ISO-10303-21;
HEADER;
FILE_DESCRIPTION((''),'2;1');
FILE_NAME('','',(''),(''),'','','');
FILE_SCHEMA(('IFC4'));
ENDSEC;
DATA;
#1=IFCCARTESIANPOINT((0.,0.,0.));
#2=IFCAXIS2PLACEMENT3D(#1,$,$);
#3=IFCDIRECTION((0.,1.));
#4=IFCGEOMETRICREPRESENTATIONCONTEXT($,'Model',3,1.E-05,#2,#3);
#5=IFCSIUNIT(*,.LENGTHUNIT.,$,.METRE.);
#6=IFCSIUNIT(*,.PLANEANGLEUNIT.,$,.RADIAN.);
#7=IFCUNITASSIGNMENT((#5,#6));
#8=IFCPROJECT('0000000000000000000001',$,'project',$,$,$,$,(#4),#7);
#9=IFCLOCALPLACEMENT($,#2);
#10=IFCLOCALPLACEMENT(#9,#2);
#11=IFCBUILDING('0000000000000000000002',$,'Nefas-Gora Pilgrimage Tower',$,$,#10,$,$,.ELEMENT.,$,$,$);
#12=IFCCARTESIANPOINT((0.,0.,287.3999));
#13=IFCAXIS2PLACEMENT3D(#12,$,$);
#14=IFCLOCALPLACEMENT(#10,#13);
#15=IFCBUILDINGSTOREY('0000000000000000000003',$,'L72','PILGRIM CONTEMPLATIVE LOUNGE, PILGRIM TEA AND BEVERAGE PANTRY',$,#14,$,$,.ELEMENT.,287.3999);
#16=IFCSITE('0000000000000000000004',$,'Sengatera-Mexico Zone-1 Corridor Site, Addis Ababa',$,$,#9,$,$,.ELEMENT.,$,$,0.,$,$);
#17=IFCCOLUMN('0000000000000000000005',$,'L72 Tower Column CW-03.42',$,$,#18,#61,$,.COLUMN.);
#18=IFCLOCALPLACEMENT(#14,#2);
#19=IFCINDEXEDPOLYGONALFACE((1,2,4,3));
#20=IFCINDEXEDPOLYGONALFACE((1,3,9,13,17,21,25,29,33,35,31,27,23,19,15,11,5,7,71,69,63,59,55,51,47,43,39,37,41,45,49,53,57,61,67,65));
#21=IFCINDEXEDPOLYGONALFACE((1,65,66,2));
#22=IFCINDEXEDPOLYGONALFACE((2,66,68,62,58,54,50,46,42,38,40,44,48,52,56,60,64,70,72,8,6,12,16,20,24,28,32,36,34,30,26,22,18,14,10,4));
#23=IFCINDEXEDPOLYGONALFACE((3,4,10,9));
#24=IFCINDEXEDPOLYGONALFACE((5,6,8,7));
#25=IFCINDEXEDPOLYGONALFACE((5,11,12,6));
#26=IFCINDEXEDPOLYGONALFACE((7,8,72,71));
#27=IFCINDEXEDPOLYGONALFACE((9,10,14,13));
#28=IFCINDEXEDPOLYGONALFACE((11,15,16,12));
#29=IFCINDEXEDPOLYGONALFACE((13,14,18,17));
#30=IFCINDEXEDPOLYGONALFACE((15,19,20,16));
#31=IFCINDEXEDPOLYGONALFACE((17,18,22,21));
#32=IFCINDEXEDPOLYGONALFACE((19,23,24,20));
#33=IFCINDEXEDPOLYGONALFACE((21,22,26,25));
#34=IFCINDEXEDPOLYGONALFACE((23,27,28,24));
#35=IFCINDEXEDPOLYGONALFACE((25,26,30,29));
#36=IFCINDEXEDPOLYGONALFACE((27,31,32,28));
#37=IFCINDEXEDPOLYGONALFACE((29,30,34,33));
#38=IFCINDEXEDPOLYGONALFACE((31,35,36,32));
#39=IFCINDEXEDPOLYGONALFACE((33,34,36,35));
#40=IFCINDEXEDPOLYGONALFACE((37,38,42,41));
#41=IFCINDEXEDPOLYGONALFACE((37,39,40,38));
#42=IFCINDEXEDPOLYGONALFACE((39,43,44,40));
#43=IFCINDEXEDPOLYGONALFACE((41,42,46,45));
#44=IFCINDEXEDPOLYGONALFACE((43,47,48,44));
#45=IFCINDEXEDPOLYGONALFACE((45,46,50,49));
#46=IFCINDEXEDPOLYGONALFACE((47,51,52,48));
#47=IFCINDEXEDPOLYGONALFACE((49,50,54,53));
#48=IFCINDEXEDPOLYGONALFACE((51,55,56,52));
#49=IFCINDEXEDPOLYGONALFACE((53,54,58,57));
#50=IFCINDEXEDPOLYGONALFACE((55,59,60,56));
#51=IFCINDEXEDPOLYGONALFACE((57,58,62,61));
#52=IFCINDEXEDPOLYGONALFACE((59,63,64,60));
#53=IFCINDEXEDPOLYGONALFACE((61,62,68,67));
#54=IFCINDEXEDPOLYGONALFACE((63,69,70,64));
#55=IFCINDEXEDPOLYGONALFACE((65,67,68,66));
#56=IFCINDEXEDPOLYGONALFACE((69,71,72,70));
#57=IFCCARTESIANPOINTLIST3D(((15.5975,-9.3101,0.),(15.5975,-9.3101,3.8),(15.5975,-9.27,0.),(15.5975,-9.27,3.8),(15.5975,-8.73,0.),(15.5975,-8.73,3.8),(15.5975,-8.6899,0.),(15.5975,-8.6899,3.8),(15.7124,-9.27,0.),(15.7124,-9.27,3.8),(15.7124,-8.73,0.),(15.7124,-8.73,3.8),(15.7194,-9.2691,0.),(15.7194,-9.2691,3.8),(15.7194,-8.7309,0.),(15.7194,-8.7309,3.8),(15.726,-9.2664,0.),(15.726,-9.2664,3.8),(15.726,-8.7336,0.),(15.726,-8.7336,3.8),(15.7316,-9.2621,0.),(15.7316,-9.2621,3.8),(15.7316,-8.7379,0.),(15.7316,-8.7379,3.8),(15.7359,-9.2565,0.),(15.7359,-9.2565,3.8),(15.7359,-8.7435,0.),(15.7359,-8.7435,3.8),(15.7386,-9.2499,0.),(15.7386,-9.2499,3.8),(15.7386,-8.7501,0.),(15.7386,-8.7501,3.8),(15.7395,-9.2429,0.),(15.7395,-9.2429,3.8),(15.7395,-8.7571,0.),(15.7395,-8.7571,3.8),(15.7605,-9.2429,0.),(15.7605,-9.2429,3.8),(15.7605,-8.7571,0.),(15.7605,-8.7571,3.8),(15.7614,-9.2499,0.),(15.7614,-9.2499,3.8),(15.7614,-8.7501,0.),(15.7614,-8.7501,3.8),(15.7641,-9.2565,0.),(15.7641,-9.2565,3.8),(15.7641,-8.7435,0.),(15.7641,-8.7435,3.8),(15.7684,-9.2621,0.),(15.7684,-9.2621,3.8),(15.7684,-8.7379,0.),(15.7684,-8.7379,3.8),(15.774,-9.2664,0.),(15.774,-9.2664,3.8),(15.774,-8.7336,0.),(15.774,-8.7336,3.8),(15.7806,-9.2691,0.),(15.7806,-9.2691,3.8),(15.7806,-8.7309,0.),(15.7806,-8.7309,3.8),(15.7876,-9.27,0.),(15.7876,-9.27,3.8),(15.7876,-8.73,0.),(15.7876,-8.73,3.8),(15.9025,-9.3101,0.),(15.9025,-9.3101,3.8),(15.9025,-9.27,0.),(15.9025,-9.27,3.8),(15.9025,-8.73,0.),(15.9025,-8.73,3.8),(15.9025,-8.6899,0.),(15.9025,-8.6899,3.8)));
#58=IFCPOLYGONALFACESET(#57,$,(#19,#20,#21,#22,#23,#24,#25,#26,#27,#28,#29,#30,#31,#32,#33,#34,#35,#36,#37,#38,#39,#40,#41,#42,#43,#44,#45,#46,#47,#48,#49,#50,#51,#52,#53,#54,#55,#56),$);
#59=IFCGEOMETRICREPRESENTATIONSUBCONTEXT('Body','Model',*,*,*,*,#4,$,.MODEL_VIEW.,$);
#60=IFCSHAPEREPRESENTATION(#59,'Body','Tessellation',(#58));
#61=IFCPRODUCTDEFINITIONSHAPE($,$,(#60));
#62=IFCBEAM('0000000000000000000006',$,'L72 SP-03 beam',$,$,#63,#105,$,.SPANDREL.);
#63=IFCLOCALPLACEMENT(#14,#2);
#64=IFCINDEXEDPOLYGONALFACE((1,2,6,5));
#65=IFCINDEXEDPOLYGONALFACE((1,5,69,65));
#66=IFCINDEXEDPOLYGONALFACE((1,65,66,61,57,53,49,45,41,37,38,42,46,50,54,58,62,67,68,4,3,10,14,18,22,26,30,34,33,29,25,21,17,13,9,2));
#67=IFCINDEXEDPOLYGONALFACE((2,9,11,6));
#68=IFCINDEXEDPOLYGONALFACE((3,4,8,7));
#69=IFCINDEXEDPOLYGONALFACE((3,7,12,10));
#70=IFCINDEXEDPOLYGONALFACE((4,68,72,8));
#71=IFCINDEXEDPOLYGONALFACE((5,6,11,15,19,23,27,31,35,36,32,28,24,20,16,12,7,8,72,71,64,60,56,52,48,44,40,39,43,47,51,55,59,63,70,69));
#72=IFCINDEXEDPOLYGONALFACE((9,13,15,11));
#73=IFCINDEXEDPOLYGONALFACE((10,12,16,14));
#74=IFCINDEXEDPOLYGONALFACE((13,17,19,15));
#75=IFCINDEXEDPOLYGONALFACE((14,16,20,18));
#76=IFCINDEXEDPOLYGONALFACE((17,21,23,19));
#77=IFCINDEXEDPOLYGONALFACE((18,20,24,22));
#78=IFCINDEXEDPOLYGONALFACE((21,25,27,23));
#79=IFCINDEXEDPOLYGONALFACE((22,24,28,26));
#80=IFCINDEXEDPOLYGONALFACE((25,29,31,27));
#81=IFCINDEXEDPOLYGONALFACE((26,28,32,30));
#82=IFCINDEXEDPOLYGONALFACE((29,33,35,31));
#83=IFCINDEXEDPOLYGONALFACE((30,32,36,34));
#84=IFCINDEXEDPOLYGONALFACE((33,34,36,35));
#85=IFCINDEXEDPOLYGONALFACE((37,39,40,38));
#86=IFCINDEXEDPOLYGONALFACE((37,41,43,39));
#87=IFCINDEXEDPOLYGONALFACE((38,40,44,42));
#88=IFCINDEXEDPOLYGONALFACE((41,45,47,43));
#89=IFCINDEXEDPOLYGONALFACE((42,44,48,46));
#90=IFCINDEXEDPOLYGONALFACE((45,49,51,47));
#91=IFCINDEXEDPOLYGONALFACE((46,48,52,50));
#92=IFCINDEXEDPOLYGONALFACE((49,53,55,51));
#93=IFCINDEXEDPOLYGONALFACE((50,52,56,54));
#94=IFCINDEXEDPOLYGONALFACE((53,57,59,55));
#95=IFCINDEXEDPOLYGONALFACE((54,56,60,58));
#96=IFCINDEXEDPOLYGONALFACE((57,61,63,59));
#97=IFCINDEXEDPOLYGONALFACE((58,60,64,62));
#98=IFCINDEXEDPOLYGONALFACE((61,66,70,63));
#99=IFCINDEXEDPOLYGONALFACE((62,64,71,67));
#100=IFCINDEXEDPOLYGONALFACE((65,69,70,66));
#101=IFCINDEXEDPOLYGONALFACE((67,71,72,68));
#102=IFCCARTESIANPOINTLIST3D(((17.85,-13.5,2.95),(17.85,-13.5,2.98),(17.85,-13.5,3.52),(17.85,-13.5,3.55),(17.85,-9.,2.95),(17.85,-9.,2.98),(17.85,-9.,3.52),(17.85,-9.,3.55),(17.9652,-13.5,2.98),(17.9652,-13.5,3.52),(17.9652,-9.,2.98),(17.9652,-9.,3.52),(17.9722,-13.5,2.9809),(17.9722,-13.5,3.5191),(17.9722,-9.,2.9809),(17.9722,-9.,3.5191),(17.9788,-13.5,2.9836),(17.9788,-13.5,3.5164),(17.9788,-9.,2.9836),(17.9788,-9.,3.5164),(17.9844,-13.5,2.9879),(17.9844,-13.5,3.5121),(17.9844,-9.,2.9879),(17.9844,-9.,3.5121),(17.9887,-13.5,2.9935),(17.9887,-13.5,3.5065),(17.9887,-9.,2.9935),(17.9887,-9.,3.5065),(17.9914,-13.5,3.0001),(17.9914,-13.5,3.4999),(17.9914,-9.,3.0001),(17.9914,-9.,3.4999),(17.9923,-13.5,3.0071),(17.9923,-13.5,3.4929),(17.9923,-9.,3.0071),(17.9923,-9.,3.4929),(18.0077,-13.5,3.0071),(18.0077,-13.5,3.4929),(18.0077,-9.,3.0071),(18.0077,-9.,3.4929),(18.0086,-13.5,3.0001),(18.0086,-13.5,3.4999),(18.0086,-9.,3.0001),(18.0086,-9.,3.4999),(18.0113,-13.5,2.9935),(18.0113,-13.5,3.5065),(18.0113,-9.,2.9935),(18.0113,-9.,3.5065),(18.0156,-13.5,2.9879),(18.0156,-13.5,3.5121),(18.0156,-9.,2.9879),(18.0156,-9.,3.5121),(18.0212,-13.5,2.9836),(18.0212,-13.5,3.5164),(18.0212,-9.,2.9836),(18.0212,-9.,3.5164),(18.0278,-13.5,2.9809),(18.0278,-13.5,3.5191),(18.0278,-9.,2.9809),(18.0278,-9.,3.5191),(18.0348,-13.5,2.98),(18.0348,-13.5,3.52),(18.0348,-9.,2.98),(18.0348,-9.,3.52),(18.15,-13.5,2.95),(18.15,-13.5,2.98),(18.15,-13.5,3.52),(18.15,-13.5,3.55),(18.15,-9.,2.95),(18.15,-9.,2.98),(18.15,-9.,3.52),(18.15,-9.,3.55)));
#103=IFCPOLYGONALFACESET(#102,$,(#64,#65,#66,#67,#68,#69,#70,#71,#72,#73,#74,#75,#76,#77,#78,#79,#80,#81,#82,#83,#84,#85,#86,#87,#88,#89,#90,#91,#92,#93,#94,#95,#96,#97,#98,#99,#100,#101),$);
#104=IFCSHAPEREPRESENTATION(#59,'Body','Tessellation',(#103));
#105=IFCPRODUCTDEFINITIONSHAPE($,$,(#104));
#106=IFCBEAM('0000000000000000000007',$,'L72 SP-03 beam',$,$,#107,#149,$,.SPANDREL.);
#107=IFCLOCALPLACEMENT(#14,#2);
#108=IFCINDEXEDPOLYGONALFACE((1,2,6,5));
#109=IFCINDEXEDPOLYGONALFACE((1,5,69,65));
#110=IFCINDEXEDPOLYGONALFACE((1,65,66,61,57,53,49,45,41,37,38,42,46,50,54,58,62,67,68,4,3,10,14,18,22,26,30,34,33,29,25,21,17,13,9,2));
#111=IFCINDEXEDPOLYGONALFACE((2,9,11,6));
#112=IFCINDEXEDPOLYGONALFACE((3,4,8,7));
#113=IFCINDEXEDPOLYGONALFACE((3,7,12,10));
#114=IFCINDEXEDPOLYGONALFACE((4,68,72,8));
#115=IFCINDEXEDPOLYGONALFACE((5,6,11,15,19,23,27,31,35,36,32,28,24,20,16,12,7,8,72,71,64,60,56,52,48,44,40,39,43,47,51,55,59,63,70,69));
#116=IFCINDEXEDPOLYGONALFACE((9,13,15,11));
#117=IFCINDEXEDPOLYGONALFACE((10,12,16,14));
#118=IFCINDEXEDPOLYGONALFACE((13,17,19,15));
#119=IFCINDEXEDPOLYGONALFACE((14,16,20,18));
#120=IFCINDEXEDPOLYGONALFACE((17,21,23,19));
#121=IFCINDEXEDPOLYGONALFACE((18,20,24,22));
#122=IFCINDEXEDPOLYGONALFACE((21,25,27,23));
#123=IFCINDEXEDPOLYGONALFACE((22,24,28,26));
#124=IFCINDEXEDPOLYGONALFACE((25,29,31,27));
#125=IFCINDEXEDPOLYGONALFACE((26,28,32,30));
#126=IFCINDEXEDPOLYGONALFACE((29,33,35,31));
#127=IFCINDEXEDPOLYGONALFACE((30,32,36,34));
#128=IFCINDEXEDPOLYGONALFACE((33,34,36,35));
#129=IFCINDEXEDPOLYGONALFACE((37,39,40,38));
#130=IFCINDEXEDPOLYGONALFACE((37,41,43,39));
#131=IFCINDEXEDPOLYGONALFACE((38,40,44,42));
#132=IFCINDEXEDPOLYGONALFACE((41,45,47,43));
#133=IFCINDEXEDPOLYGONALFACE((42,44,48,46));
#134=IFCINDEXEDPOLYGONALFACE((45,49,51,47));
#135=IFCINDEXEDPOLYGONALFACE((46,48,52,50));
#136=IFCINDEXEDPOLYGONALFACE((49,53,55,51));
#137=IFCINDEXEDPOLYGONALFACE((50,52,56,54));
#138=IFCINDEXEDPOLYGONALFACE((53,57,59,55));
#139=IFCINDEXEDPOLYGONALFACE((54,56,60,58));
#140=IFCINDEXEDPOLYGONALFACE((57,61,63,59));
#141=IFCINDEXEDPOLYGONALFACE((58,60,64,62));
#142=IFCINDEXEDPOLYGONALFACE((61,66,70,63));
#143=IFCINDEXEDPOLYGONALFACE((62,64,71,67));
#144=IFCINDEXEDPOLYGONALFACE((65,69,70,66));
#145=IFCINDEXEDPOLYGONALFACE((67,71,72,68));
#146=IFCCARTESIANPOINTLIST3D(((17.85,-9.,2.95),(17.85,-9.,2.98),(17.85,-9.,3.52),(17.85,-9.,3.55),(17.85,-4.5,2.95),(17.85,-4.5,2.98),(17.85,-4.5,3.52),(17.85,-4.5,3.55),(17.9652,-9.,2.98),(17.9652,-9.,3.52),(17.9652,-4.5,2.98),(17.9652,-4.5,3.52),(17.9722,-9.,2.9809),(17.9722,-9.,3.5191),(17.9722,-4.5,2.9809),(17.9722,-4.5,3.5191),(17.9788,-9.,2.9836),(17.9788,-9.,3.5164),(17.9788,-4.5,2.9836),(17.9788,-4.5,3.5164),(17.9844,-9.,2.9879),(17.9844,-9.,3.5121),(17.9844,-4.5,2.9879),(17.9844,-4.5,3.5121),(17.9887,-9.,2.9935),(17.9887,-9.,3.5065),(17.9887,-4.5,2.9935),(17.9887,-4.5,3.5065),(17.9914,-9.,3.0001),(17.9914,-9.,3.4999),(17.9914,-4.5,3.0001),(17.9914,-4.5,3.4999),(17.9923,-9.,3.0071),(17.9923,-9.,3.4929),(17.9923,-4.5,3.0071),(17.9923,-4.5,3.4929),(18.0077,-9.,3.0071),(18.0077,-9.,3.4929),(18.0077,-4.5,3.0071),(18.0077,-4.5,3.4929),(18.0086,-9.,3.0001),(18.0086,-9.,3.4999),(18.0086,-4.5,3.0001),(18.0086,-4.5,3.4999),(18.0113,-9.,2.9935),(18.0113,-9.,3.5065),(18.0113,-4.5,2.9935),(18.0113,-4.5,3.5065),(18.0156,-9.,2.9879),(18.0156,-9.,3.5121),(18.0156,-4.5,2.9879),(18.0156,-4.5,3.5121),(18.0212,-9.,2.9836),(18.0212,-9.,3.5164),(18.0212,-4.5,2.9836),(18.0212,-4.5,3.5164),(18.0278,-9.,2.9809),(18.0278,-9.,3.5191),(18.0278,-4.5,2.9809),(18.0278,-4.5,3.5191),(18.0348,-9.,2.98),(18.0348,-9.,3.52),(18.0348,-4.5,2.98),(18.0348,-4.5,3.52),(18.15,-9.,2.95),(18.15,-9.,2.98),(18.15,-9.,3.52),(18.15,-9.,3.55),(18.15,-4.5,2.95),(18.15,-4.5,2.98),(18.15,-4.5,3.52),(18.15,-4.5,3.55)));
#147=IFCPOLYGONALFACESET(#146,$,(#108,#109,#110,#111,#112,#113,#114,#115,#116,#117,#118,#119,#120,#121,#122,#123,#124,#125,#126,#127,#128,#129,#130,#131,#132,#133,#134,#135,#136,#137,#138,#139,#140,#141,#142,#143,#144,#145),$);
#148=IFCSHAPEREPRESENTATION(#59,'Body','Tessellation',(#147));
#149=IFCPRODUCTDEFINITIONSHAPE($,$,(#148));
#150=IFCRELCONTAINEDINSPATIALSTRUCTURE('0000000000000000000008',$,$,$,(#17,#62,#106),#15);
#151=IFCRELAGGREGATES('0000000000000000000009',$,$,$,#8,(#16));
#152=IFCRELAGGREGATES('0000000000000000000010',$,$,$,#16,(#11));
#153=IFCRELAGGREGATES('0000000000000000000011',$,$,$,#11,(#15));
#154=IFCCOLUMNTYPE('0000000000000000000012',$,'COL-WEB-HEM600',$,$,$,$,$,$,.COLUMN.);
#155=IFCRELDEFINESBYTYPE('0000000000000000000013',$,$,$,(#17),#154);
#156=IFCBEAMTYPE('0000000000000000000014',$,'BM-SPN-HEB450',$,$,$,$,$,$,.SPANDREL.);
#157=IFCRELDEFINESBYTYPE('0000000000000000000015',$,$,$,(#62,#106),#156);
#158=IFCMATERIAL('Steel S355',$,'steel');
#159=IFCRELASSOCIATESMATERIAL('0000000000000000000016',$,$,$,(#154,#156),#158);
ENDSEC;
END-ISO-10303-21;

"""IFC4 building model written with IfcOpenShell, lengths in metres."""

from ifc_helpers import new_model, si_unit, direction, frame, origin, origin_2d, place, context, subcontext, project, spatial, i_section, extrude, source, transform, mapped, material, material_profile, profile_set, type_object, element, save


model = new_model("IFC4")

# Units and contexts
model_context = context("Model", 3, precision=1e-05, world=origin(), true_north=direction((0.0, 1.0)))
body_context = subcontext(model_context, "Body", "Model", "MODEL_VIEW")
ifc_project = project(units=[si_unit("LENGTHUNIT", "METRE"), si_unit("PLANEANGLEUNIT", "RADIAN")], contexts=[model_context])

# Site, building, storey
site_placement = place(None, origin())
site = spatial("IfcSite", under=ifc_project, at=site_placement, Name="Sengatera-Mexico Zone-1 Corridor Site, Addis Ababa", CompositionType="ELEMENT", RefElevation=0.0)
building_placement = place(site_placement, origin())
building = spatial("IfcBuilding", under=site, at=building_placement, Name="Nefas-Gora Pilgrimage Tower", CompositionType="ELEMENT")
storey_placement = place(building_placement, frame((0.0, 0.0, 287.3999)))
storey = spatial("IfcBuildingStorey", under=building, at=storey_placement, Name="L72", Description="PILGRIM CONTEMPLATIVE LOUNGE, PILGRIM TEA AND BEVERAGE PANTRY", CompositionType="ELEMENT", Elevation=287.3999)

# Column
ifc_material_1 = material(Name="Steel S355", Category="steel")
ifc_material_profile_1 = material_profile(ifc_material_1, i_section(OverallWidth=0.3049, OverallDepth=0.6201, WebThickness=0.021, FlangeThickness=0.04, FilletRadius=0.0271, at=origin_2d()), Name="HEM 600")
ifc_profile_set_1 = profile_set([ifc_material_profile_1], Name="Steel S355")
column_type_1 = type_object("IfcColumnType", Name="COL-WEB-HEM600", PredefinedType="COLUMN", material=ifc_profile_set_1)
shared_shape_1 = source(origin(), body_context, "Body", "SweptSolid", [
    extrude(i_section(OverallWidth=0.3049, OverallDepth=0.6201, WebThickness=0.021, FlangeThickness=0.04, FilletRadius=0.0271, at=origin_2d()), origin(), (0.0, 0.0, 1.0), 3.8),
])
for number, where, z_axis, x_axis, name in (
    (1, (15.75, -9.0, 0.0), (0.0, 0.0, 1.0), (1.0, 0.0, 0.0), "L72 Tower Column CW-03.42"),
):
    element("IfcColumn", number, at=place(storey_placement, frame(where, z_axis=z_axis, x_axis=x_axis)), inside=storey, type_object=column_type_1, Name=name, PredefinedType="COLUMN", context=body_context, shape_type="MappedRepresentation", body=[
        mapped(shared_shape_1, transform((0.0, 0.0, 0.0), x_axis=(1.0, 0.0, 0.0), y_axis=(0.0, 1.0, 0.0), z_axis=(0.0, 0.0, 1.0), scale=1.0)),
    ])

# Beams
ifc_material_profile_2 = material_profile(ifc_material_1, i_section(OverallWidth=0.3, OverallDepth=0.6001, WebThickness=0.0154, FlangeThickness=0.03, FilletRadius=0.0271, at=origin_2d()), Name="HEB 600")
ifc_profile_set_2 = profile_set([ifc_material_profile_2], Name="Steel S355")
beam_type_1 = type_object("IfcBeamType", Name="BM-SPN-HEB450", PredefinedType="SPANDREL", material=ifc_profile_set_2)
shared_shape_2 = source(origin(), body_context, "Body", "SweptSolid", [
    extrude(i_section(OverallWidth=0.3, OverallDepth=0.6001, WebThickness=0.0154, FlangeThickness=0.03, FilletRadius=0.0271, at=origin_2d()), origin(), (0.0, 0.0, 1.0), 4.5),
])
for number, where, z_axis, x_axis, name in (
    (2, (18.0, -13.5, 3.25), (0.0, 1.0, 0.0), (-1.0, 0.0, 0.0), "L72 SP-03 beam"),
    (3, (18.0, -9.0, 3.25), (0.0, 1.0, 0.0), (-1.0, 0.0, 0.0), "L72 SP-03 beam"),
):
    element("IfcBeam", number, at=place(storey_placement, frame(where, z_axis=z_axis, x_axis=x_axis)), inside=storey, type_object=beam_type_1, Name=name, PredefinedType="SPANDREL", context=body_context, shape_type="MappedRepresentation", body=[
        mapped(shared_shape_2, transform((0.0, 0.0, 0.0), x_axis=(1.0, 0.0, 0.0), y_axis=(0.0, 1.0, 0.0), z_axis=(0.0, 0.0, 1.0), scale=1.0)),
    ])

save(model, "model.ifc")
